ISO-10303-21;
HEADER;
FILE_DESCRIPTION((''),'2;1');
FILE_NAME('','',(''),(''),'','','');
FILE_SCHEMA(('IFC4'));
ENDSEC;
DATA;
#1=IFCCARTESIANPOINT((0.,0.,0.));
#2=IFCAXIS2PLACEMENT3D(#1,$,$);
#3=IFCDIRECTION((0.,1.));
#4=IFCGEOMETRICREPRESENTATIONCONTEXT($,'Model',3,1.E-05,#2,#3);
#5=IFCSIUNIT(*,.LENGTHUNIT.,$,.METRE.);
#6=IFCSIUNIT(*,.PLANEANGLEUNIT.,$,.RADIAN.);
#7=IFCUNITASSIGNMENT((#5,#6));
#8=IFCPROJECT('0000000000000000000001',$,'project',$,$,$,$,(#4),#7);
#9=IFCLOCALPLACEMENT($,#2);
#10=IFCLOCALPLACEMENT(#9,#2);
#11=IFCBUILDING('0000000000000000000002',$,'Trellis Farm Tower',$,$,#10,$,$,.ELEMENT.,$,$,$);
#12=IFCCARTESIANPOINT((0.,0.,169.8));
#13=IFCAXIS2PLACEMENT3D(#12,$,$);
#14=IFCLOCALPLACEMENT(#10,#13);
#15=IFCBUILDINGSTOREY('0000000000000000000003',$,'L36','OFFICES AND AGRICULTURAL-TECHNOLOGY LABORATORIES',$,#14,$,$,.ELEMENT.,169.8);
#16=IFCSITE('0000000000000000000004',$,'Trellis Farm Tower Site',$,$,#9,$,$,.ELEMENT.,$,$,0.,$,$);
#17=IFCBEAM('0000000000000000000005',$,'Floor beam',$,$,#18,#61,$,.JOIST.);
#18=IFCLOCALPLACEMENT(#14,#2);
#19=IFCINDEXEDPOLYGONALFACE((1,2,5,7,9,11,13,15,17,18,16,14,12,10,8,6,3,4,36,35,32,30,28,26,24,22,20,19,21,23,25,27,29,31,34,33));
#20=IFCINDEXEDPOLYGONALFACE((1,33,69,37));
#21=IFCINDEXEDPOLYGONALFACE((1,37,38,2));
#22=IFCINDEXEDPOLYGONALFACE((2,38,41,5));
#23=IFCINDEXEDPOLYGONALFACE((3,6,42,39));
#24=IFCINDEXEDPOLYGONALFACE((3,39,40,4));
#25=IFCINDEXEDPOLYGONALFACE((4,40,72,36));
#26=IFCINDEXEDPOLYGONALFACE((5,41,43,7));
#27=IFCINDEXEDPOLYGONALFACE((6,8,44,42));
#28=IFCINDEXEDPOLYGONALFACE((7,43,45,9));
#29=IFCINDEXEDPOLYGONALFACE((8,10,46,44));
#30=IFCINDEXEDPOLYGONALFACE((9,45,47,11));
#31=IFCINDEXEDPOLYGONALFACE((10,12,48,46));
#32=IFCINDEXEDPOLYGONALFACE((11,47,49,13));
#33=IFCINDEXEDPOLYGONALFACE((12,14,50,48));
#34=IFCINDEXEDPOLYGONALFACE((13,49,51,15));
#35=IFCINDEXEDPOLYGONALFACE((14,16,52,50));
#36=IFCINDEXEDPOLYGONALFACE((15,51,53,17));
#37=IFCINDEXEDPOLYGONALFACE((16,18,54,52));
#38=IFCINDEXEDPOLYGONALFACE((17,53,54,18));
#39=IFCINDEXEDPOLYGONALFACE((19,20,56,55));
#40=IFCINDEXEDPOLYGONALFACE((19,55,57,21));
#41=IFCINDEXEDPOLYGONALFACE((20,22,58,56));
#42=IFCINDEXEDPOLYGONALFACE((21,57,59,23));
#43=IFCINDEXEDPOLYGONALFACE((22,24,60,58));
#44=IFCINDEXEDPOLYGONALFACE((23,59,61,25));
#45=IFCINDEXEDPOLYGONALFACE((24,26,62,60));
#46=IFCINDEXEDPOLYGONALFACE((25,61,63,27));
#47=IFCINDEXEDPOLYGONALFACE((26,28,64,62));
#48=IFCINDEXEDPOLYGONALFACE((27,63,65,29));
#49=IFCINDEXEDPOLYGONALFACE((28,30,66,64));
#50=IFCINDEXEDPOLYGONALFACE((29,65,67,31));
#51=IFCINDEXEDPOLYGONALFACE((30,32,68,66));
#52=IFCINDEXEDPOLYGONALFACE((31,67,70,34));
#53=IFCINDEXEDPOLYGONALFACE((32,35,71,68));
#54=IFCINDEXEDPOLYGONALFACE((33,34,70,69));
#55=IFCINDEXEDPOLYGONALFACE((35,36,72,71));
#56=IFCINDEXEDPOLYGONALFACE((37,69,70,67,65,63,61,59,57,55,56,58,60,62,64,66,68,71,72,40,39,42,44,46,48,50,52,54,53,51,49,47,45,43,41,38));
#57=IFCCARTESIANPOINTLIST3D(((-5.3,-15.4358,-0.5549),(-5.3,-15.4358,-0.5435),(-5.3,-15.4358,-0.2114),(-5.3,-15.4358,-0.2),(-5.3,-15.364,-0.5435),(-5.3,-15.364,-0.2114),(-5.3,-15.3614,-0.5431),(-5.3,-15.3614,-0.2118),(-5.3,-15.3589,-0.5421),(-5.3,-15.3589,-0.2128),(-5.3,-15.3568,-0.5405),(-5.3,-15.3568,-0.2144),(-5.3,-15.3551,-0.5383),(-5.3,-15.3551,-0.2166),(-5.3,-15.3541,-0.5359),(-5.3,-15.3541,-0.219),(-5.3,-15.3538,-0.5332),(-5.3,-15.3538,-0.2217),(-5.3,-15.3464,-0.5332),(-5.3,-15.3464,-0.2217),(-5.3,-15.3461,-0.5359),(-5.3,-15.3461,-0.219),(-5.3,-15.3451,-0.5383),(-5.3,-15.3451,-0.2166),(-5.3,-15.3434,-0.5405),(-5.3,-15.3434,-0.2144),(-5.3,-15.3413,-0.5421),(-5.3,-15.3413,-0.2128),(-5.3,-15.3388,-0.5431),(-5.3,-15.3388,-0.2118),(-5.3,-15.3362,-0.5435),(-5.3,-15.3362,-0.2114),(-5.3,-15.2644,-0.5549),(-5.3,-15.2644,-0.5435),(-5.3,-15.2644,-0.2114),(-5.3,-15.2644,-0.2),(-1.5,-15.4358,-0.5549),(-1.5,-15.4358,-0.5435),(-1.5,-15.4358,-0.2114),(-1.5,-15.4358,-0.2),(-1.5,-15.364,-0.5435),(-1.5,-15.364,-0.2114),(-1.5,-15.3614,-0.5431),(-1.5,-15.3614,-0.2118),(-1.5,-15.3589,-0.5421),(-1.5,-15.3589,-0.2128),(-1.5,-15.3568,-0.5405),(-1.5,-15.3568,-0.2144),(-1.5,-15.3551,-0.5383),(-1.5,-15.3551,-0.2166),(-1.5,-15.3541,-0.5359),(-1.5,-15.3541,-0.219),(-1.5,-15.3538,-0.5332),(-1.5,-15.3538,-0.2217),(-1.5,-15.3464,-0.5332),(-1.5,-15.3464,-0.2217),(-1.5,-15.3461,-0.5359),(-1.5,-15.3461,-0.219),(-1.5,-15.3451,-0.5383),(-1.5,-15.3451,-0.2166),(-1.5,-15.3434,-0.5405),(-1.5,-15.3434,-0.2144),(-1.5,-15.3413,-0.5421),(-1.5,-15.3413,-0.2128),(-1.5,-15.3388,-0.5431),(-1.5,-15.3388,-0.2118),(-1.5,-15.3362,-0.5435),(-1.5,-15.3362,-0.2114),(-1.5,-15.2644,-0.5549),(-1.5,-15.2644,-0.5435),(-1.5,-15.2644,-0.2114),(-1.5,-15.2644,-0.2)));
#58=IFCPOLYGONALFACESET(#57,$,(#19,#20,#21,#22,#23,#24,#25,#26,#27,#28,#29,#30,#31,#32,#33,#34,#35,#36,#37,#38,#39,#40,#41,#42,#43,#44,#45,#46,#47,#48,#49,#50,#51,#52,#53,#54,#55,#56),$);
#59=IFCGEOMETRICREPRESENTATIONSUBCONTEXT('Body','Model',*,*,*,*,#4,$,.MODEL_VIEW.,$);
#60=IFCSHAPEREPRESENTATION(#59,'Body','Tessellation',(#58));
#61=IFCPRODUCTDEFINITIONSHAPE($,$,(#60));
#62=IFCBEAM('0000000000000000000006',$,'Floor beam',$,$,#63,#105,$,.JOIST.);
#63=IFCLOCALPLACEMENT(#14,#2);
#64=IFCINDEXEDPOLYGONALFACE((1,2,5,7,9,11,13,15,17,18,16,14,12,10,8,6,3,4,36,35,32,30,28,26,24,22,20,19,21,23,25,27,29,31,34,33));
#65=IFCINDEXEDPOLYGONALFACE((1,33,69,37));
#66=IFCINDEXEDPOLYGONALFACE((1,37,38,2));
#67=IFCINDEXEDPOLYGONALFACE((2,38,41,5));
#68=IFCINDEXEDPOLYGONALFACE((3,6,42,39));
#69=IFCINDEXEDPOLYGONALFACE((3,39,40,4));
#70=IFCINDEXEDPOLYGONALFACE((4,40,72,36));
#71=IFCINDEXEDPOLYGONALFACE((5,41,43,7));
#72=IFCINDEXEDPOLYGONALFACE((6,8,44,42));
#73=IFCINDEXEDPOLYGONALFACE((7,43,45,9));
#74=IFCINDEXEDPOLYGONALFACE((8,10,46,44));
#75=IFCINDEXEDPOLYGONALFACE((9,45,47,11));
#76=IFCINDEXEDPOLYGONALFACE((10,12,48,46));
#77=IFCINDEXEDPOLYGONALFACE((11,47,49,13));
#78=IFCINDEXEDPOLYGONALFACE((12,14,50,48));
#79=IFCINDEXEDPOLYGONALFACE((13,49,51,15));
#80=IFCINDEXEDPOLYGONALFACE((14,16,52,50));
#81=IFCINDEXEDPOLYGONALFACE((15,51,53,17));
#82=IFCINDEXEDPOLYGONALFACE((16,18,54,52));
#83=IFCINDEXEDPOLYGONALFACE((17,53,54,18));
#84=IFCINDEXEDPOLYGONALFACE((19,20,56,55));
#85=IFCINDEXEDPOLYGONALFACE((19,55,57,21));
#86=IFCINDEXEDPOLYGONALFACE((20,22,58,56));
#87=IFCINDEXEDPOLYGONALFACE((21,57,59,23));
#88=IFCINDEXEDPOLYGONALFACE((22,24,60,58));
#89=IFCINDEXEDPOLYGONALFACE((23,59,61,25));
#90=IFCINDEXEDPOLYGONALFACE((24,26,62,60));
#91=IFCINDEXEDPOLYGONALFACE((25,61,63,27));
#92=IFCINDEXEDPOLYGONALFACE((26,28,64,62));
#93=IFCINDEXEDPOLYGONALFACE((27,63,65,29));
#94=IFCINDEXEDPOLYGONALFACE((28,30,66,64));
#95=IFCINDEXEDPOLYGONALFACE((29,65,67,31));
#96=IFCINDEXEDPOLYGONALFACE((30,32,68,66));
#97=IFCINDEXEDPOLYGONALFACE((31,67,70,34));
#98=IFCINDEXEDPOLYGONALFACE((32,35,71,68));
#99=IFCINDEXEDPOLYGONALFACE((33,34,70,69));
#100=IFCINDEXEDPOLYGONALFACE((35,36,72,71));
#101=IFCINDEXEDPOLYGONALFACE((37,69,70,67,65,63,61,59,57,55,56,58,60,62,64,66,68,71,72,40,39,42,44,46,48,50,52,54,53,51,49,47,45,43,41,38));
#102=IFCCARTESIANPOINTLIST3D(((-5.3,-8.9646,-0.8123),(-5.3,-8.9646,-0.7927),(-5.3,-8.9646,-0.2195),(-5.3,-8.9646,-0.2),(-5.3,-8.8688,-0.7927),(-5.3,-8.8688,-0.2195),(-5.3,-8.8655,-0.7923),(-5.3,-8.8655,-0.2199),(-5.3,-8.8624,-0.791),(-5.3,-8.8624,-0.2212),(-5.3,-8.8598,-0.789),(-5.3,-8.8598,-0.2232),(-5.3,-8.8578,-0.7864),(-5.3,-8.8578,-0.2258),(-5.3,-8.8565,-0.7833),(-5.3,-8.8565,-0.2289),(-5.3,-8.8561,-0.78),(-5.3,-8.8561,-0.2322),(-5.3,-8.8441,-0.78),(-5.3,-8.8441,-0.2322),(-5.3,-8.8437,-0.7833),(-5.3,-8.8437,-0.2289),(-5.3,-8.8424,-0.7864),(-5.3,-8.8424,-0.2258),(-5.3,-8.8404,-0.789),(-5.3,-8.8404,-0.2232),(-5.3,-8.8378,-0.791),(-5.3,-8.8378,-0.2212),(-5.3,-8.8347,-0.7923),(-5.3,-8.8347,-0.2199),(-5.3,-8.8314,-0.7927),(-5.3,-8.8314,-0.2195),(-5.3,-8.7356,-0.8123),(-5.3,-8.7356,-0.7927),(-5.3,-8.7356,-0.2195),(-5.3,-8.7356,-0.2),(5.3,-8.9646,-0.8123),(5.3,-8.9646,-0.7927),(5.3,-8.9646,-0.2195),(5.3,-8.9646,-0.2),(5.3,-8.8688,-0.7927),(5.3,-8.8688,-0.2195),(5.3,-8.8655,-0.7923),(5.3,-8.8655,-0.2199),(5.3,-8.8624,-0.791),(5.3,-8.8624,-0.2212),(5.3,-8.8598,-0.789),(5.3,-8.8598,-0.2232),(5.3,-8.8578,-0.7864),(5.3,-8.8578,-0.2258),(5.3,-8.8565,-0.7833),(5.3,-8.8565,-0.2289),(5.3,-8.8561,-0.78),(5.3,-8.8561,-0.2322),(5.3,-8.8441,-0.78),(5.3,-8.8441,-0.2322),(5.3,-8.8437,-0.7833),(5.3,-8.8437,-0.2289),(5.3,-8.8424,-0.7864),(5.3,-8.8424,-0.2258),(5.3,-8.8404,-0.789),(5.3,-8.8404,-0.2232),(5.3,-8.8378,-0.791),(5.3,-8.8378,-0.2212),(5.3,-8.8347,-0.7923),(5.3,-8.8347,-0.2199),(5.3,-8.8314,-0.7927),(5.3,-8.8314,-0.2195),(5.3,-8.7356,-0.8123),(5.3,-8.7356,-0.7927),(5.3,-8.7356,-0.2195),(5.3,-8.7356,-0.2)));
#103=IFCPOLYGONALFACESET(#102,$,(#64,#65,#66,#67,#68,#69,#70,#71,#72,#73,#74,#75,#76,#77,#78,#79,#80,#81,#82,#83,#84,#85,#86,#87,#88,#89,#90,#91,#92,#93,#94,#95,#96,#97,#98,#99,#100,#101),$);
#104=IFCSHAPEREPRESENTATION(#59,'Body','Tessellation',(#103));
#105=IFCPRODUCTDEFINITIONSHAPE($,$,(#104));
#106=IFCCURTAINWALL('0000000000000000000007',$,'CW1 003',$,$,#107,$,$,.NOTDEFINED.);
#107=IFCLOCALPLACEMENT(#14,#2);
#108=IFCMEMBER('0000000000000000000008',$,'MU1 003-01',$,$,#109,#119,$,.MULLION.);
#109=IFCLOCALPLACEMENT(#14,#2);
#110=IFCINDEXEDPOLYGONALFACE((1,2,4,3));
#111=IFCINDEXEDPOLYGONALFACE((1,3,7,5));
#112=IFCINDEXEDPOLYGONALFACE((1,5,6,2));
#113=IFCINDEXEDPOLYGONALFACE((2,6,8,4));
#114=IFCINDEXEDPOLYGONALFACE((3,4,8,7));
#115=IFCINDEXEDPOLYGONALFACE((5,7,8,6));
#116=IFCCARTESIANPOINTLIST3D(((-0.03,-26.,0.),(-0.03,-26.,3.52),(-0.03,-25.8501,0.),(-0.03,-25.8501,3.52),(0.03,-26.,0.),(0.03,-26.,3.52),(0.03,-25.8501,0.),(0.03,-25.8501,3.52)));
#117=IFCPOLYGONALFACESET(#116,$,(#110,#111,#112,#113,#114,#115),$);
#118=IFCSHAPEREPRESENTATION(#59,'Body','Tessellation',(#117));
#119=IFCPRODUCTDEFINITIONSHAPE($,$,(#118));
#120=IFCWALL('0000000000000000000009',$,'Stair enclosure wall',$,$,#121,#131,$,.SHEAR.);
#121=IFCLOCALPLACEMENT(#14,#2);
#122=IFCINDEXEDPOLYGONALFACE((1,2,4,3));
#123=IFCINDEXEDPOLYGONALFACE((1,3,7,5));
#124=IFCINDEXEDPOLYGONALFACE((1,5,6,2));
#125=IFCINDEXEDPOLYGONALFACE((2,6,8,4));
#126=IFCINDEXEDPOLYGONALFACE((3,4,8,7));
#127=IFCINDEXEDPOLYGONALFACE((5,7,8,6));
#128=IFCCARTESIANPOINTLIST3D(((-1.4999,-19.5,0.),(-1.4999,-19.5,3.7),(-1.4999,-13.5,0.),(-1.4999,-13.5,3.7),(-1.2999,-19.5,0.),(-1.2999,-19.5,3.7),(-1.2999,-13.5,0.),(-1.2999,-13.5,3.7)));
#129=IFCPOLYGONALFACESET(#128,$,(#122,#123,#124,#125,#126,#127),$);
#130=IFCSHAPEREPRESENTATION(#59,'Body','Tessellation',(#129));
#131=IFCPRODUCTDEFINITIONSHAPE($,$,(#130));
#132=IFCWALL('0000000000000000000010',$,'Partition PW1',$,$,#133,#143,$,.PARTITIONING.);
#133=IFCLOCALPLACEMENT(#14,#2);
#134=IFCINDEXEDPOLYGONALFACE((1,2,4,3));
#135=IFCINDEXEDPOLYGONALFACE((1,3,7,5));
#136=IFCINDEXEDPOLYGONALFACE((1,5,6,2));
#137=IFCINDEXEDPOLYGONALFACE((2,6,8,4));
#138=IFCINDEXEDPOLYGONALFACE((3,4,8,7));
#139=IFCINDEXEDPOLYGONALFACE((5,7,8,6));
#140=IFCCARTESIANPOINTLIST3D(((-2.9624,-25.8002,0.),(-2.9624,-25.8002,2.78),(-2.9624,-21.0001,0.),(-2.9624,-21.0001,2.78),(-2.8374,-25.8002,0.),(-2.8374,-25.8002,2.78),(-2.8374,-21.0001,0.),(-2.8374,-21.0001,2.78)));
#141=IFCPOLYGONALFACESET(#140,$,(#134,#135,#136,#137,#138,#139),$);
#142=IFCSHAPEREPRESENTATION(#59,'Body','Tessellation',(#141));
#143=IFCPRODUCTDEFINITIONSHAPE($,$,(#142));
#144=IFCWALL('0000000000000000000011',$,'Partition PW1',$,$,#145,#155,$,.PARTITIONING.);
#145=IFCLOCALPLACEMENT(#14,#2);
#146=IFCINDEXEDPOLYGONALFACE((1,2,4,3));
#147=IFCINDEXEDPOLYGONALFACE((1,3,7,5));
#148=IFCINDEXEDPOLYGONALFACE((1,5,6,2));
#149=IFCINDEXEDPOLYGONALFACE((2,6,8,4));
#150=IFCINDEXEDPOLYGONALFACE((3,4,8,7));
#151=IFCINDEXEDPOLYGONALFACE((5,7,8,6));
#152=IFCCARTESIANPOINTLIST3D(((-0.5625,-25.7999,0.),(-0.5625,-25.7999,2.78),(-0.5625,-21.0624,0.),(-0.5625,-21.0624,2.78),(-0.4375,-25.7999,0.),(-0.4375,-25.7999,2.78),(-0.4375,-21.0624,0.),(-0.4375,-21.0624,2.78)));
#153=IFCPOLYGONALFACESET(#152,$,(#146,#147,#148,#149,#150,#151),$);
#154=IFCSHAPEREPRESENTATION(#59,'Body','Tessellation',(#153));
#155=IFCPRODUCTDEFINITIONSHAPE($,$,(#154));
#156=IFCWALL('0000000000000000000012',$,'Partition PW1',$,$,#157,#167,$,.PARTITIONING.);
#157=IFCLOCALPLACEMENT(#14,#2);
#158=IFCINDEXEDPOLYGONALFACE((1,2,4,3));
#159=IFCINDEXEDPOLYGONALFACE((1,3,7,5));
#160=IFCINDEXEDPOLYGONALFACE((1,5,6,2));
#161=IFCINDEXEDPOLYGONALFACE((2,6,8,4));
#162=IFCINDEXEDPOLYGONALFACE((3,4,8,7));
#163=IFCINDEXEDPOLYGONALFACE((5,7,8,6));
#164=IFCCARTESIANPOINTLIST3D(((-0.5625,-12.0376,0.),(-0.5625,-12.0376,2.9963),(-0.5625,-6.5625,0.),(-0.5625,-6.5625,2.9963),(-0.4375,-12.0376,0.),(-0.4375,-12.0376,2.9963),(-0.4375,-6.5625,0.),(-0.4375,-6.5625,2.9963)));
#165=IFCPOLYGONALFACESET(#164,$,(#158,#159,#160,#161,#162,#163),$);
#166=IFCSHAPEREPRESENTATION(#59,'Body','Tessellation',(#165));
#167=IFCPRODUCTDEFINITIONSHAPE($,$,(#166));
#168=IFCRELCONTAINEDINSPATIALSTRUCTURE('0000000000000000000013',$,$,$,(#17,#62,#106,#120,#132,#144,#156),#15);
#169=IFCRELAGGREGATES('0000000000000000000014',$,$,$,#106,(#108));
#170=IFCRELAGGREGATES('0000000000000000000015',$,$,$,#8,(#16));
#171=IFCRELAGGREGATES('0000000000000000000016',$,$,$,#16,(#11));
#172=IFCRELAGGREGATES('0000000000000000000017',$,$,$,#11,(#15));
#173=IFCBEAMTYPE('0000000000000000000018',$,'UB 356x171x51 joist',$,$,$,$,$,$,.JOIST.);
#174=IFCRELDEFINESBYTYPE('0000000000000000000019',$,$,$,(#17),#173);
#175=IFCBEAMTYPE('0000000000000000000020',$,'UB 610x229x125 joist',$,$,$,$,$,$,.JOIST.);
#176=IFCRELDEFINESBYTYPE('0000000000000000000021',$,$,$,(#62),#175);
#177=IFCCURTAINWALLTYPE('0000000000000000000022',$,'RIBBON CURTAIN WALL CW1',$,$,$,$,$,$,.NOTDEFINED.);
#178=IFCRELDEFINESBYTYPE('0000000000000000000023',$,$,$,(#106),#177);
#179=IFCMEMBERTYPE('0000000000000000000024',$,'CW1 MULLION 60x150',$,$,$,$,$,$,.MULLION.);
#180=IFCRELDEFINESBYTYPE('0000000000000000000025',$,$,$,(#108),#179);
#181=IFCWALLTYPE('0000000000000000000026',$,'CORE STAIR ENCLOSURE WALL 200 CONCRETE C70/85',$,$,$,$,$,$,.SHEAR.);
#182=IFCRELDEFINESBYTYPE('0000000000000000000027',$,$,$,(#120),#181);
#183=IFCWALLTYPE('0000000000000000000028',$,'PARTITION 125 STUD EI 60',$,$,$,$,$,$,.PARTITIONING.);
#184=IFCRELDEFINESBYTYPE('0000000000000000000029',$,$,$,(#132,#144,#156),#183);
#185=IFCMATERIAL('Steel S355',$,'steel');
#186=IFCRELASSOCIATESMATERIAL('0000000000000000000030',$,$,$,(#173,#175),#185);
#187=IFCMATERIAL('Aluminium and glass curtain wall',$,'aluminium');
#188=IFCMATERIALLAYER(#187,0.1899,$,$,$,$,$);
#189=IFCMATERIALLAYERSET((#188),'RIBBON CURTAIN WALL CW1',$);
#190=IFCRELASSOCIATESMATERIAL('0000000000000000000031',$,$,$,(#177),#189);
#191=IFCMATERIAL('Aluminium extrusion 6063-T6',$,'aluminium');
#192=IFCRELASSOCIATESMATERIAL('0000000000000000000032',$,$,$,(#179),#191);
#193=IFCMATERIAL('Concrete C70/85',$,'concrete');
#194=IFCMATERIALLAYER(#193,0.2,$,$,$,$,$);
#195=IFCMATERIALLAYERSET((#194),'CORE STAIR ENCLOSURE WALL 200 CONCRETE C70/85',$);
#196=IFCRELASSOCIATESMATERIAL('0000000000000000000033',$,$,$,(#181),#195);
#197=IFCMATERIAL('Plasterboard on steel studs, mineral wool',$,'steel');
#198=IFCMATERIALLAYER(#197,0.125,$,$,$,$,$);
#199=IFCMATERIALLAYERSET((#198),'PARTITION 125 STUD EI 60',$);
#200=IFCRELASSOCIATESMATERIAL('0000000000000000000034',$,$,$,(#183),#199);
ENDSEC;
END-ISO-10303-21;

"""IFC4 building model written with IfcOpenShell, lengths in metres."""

from ifc_helpers import new_model, si_unit, direction, frame, frame_2d, origin, origin_2d, place, context, subcontext, project, spatial, rectangle, i_section, extrude, source, transform, mapped, material, layer, layer_set, material_profile, profile_set, type_object, element, aggregate, save


model = new_model("IFC4")

# Units and contexts
model_context = context("Model", 3, precision=1e-05, world=origin(), true_north=direction((0.0, 1.0)))
body_context = subcontext(model_context, "Body", "Model", "MODEL_VIEW")
ifc_project = project(units=[si_unit("LENGTHUNIT", "METRE"), si_unit("PLANEANGLEUNIT", "RADIAN")], contexts=[model_context])

# Site, building, storey
site_placement = place(None, origin())
site = spatial("IfcSite", under=ifc_project, at=site_placement, Name="Trellis Farm Tower Site", CompositionType="ELEMENT", RefElevation=0.0)
building_placement = place(site_placement, origin())
building = spatial("IfcBuilding", under=site, at=building_placement, Name="Trellis Farm Tower", CompositionType="ELEMENT")
storey_placement = place(building_placement, frame((0.0, 0.0, 169.8)))
storey = spatial("IfcBuildingStorey", under=building, at=storey_placement, Name="L36", Description="OFFICES AND AGRICULTURAL-TECHNOLOGY LABORATORIES", CompositionType="ELEMENT", Elevation=169.8)

# Shared definitions
ifc_material_1 = material(Name="Concrete C70/85", Category="concrete")

# Beams
ifc_material_2 = material(Name="Steel S355", Category="steel")
ifc_material_profile_1 = material_profile(ifc_material_2, i_section(OverallWidth=0.1714, OverallDepth=0.355, WebThickness=0.0073, FlangeThickness=0.0115, FilletRadius=0.0103, at=origin_2d()), Name="UB 356x171x51")
ifc_profile_set_1 = profile_set([ifc_material_profile_1], Name="Steel S355")
beam_type_1 = type_object("IfcBeamType", Name="UB 356x171x51 joist", PredefinedType="JOIST", material=ifc_profile_set_1)
shared_shape_1 = source(origin(), body_context, "Body", "SweptSolid", [
    extrude(i_section(OverallWidth=0.1714, OverallDepth=0.355, WebThickness=0.0073, FlangeThickness=0.0115, FilletRadius=0.0103, at=origin_2d()), origin(), (0.0, 0.0, 1.0), 3.8),
])
beam_1_placement = place(storey_placement, frame((-5.3, -15.3501, -0.3774), z_axis=(1.0, 0.0, 0.0), x_axis=(0.0, 1.0, 0.0)))
element("IfcBeam", 1, at=beam_1_placement, inside=storey, type_object=beam_type_1, Name="Floor beam", PredefinedType="JOIST", context=body_context, shape_type="MappedRepresentation", body=[
    mapped(shared_shape_1, transform((0.0, 0.0, 0.0))),
])
ifc_material_profile_2 = material_profile(ifc_material_2, i_section(OverallWidth=0.229, OverallDepth=0.6123, WebThickness=0.012, FlangeThickness=0.0195, FilletRadius=0.0127, at=origin_2d()), Name="UB 610x229x125")
ifc_profile_set_2 = profile_set([ifc_material_profile_2], Name="Steel S355")
beam_type_2 = type_object("IfcBeamType", Name="UB 610x229x125 joist", PredefinedType="JOIST", material=ifc_profile_set_2)
shared_shape_2 = source(origin(), body_context, "Body", "SweptSolid", [
    extrude(i_section(OverallWidth=0.229, OverallDepth=0.6123, WebThickness=0.012, FlangeThickness=0.0195, FilletRadius=0.0127, at=origin_2d()), origin(), (0.0, 0.0, 1.0), 10.6001),
])
beam_2_placement = place(storey_placement, frame((-5.3, -8.8501, -0.5061), z_axis=(1.0, 0.0, 0.0), x_axis=(0.0, 1.0, 0.0)))
element("IfcBeam", 2, at=beam_2_placement, inside=storey, type_object=beam_type_2, Name="Floor beam", PredefinedType="JOIST", context=body_context, shape_type="MappedRepresentation", body=[
    mapped(shared_shape_2, transform((0.0, 0.0, 0.0))),
])

# Curtain wall, member
ifc_material_3 = material(Name="Aluminium and glass curtain wall", Category="aluminium")
ifc_layer_1 = layer(ifc_material_3, 0.1899)
ifc_layer_set_1 = layer_set([ifc_layer_1], Name="RIBBON CURTAIN WALL CW1")
curtain_wall_type = type_object("IfcCurtainWallType", Name="RIBBON CURTAIN WALL CW1", PredefinedType="NOTDEFINED", material=ifc_layer_set_1)
placement = place(storey_placement, origin())
curtain_wall = element("IfcCurtainWall", 3, at=placement, inside=storey, type_object=curtain_wall_type, Name="CW1 003", PredefinedType="NOTDEFINED")
ifc_material_4 = material(Name="Aluminium extrusion 6063-T6", Category="aluminium")
ifc_material_profile_3 = material_profile(ifc_material_4, rectangle(XDim=0.0601, YDim=0.1499, at=origin_2d()), Name="MULLION 60x150")
ifc_profile_set_3 = profile_set([ifc_material_profile_3], Name="Aluminium extrusion 6063-T6")
member_type = type_object("IfcMemberType", Name="CW1 MULLION 60x150", PredefinedType="MULLION", material=ifc_profile_set_3)
shared_shape_3 = source(origin(), body_context, "Body", "SweptSolid", [
    extrude(rectangle(XDim=0.0601, YDim=0.1499, at=origin_2d()), origin(), (0.0, 0.0, 1.0), 3.52),
])
member_placement = place(storey_placement, frame((0.0, -25.925, 0.0), z_axis=(0.0, 0.0, 1.0), x_axis=(1.0, 0.0, 0.0)))
member = element("IfcMember", 4, at=member_placement, type_object=member_type, Name="MU1 003-01", PredefinedType="MULLION", context=body_context, shape_type="MappedRepresentation", body=[
    mapped(shared_shape_3, transform((0.0, 0.0, 0.0))),
])
aggregate(curtain_wall, [member])

# Walls
ifc_layer_2 = layer(ifc_material_1, 0.2)
ifc_layer_set_2 = layer_set([ifc_layer_2], Name="CORE STAIR ENCLOSURE WALL 200 CONCRETE C70/85")
wall_type_1 = type_object("IfcWallType", Name="CORE STAIR ENCLOSURE WALL 200 CONCRETE C70/85", PredefinedType="SHEAR", material=ifc_layer_set_2)
shared_shape_4 = source(origin(), body_context, "Body", "SweptSolid", [
    extrude(rectangle(XDim=6.0, YDim=0.2, at=frame_2d((3.0, 0.0))), origin(), (0.0, 0.0, 1.0), 3.7),
])
wall_1_placement = place(storey_placement, frame((-1.3999, -13.5, 0.0), z_axis=(0.0, 0.0, 1.0), x_axis=(0.0, -1.0, 0.0)))
element("IfcWall", 5, at=wall_1_placement, inside=storey, type_object=wall_type_1, Name="Stair enclosure wall", PredefinedType="SHEAR", context=body_context, shape_type="MappedRepresentation", body=[
    mapped(shared_shape_4, transform((0.0, 0.0, 0.0))),
])
ifc_material_5 = material(Name="Plasterboard on steel studs, mineral wool", Category="steel")
ifc_layer_3 = layer(ifc_material_5, 0.125)
ifc_layer_set_3 = layer_set([ifc_layer_3], Name="PARTITION 125 STUD EI 60")
wall_type_2 = type_object("IfcWallType", Name="PARTITION 125 STUD EI 60", PredefinedType="PARTITIONING", material=ifc_layer_set_3)
shared_shape_5 = source(origin(), body_context, "Body", "SweptSolid", [
    extrude(rectangle(XDim=4.8, YDim=0.125, at=frame_2d((2.3999, 0.0))), origin(), (0.0, 0.0, 1.0), 2.78),
])
wall_2_placement = place(storey_placement, frame((-2.8999, -25.8, 0.0), z_axis=(0.0, 0.0, 1.0), x_axis=(0.0, 1.0, 0.0)))
element("IfcWall", 6, at=wall_2_placement, inside=storey, type_object=wall_type_2, Name="Partition PW1", PredefinedType="PARTITIONING", context=body_context, shape_type="MappedRepresentation", body=[
    mapped(shared_shape_5, transform((0.0, 0.0, 0.0))),
])
shared_shape_6 = source(origin(), body_context, "Body", "SweptSolid", [
    extrude(rectangle(XDim=4.7375, YDim=0.125, at=frame_2d((2.3687, 0.0))), origin(), (0.0, 0.0, 1.0), 2.78),
])
wall_3_placement = place(storey_placement, frame((-0.5, -21.0625, 0.0), z_axis=(0.0, 0.0, 1.0), x_axis=(0.0, -1.0, 0.0)))
element("IfcWall", 7, at=wall_3_placement, inside=storey, type_object=wall_type_2, Name="Partition PW1", PredefinedType="PARTITIONING", context=body_context, shape_type="MappedRepresentation", body=[
    mapped(shared_shape_6, transform((0.0, 0.0, 0.0))),
])
shared_shape_7 = source(origin(), body_context, "Body", "SweptSolid", [
    extrude(rectangle(XDim=5.4751, YDim=0.125, at=frame_2d((2.7375, 0.0))), origin(), (0.0, 0.0, 1.0), 2.9963),
])
wall_4_placement = place(storey_placement, frame((-0.5, -6.5625, 0.0), z_axis=(0.0, 0.0, 1.0), x_axis=(0.0, -1.0, 0.0)))
element("IfcWall", 8, at=wall_4_placement, inside=storey, type_object=wall_type_2, Name="Partition PW1", PredefinedType="PARTITIONING", context=body_context, shape_type="MappedRepresentation", body=[
    mapped(shared_shape_7, transform((0.0, 0.0, 0.0))),
])

save(model, "model.ifc")
